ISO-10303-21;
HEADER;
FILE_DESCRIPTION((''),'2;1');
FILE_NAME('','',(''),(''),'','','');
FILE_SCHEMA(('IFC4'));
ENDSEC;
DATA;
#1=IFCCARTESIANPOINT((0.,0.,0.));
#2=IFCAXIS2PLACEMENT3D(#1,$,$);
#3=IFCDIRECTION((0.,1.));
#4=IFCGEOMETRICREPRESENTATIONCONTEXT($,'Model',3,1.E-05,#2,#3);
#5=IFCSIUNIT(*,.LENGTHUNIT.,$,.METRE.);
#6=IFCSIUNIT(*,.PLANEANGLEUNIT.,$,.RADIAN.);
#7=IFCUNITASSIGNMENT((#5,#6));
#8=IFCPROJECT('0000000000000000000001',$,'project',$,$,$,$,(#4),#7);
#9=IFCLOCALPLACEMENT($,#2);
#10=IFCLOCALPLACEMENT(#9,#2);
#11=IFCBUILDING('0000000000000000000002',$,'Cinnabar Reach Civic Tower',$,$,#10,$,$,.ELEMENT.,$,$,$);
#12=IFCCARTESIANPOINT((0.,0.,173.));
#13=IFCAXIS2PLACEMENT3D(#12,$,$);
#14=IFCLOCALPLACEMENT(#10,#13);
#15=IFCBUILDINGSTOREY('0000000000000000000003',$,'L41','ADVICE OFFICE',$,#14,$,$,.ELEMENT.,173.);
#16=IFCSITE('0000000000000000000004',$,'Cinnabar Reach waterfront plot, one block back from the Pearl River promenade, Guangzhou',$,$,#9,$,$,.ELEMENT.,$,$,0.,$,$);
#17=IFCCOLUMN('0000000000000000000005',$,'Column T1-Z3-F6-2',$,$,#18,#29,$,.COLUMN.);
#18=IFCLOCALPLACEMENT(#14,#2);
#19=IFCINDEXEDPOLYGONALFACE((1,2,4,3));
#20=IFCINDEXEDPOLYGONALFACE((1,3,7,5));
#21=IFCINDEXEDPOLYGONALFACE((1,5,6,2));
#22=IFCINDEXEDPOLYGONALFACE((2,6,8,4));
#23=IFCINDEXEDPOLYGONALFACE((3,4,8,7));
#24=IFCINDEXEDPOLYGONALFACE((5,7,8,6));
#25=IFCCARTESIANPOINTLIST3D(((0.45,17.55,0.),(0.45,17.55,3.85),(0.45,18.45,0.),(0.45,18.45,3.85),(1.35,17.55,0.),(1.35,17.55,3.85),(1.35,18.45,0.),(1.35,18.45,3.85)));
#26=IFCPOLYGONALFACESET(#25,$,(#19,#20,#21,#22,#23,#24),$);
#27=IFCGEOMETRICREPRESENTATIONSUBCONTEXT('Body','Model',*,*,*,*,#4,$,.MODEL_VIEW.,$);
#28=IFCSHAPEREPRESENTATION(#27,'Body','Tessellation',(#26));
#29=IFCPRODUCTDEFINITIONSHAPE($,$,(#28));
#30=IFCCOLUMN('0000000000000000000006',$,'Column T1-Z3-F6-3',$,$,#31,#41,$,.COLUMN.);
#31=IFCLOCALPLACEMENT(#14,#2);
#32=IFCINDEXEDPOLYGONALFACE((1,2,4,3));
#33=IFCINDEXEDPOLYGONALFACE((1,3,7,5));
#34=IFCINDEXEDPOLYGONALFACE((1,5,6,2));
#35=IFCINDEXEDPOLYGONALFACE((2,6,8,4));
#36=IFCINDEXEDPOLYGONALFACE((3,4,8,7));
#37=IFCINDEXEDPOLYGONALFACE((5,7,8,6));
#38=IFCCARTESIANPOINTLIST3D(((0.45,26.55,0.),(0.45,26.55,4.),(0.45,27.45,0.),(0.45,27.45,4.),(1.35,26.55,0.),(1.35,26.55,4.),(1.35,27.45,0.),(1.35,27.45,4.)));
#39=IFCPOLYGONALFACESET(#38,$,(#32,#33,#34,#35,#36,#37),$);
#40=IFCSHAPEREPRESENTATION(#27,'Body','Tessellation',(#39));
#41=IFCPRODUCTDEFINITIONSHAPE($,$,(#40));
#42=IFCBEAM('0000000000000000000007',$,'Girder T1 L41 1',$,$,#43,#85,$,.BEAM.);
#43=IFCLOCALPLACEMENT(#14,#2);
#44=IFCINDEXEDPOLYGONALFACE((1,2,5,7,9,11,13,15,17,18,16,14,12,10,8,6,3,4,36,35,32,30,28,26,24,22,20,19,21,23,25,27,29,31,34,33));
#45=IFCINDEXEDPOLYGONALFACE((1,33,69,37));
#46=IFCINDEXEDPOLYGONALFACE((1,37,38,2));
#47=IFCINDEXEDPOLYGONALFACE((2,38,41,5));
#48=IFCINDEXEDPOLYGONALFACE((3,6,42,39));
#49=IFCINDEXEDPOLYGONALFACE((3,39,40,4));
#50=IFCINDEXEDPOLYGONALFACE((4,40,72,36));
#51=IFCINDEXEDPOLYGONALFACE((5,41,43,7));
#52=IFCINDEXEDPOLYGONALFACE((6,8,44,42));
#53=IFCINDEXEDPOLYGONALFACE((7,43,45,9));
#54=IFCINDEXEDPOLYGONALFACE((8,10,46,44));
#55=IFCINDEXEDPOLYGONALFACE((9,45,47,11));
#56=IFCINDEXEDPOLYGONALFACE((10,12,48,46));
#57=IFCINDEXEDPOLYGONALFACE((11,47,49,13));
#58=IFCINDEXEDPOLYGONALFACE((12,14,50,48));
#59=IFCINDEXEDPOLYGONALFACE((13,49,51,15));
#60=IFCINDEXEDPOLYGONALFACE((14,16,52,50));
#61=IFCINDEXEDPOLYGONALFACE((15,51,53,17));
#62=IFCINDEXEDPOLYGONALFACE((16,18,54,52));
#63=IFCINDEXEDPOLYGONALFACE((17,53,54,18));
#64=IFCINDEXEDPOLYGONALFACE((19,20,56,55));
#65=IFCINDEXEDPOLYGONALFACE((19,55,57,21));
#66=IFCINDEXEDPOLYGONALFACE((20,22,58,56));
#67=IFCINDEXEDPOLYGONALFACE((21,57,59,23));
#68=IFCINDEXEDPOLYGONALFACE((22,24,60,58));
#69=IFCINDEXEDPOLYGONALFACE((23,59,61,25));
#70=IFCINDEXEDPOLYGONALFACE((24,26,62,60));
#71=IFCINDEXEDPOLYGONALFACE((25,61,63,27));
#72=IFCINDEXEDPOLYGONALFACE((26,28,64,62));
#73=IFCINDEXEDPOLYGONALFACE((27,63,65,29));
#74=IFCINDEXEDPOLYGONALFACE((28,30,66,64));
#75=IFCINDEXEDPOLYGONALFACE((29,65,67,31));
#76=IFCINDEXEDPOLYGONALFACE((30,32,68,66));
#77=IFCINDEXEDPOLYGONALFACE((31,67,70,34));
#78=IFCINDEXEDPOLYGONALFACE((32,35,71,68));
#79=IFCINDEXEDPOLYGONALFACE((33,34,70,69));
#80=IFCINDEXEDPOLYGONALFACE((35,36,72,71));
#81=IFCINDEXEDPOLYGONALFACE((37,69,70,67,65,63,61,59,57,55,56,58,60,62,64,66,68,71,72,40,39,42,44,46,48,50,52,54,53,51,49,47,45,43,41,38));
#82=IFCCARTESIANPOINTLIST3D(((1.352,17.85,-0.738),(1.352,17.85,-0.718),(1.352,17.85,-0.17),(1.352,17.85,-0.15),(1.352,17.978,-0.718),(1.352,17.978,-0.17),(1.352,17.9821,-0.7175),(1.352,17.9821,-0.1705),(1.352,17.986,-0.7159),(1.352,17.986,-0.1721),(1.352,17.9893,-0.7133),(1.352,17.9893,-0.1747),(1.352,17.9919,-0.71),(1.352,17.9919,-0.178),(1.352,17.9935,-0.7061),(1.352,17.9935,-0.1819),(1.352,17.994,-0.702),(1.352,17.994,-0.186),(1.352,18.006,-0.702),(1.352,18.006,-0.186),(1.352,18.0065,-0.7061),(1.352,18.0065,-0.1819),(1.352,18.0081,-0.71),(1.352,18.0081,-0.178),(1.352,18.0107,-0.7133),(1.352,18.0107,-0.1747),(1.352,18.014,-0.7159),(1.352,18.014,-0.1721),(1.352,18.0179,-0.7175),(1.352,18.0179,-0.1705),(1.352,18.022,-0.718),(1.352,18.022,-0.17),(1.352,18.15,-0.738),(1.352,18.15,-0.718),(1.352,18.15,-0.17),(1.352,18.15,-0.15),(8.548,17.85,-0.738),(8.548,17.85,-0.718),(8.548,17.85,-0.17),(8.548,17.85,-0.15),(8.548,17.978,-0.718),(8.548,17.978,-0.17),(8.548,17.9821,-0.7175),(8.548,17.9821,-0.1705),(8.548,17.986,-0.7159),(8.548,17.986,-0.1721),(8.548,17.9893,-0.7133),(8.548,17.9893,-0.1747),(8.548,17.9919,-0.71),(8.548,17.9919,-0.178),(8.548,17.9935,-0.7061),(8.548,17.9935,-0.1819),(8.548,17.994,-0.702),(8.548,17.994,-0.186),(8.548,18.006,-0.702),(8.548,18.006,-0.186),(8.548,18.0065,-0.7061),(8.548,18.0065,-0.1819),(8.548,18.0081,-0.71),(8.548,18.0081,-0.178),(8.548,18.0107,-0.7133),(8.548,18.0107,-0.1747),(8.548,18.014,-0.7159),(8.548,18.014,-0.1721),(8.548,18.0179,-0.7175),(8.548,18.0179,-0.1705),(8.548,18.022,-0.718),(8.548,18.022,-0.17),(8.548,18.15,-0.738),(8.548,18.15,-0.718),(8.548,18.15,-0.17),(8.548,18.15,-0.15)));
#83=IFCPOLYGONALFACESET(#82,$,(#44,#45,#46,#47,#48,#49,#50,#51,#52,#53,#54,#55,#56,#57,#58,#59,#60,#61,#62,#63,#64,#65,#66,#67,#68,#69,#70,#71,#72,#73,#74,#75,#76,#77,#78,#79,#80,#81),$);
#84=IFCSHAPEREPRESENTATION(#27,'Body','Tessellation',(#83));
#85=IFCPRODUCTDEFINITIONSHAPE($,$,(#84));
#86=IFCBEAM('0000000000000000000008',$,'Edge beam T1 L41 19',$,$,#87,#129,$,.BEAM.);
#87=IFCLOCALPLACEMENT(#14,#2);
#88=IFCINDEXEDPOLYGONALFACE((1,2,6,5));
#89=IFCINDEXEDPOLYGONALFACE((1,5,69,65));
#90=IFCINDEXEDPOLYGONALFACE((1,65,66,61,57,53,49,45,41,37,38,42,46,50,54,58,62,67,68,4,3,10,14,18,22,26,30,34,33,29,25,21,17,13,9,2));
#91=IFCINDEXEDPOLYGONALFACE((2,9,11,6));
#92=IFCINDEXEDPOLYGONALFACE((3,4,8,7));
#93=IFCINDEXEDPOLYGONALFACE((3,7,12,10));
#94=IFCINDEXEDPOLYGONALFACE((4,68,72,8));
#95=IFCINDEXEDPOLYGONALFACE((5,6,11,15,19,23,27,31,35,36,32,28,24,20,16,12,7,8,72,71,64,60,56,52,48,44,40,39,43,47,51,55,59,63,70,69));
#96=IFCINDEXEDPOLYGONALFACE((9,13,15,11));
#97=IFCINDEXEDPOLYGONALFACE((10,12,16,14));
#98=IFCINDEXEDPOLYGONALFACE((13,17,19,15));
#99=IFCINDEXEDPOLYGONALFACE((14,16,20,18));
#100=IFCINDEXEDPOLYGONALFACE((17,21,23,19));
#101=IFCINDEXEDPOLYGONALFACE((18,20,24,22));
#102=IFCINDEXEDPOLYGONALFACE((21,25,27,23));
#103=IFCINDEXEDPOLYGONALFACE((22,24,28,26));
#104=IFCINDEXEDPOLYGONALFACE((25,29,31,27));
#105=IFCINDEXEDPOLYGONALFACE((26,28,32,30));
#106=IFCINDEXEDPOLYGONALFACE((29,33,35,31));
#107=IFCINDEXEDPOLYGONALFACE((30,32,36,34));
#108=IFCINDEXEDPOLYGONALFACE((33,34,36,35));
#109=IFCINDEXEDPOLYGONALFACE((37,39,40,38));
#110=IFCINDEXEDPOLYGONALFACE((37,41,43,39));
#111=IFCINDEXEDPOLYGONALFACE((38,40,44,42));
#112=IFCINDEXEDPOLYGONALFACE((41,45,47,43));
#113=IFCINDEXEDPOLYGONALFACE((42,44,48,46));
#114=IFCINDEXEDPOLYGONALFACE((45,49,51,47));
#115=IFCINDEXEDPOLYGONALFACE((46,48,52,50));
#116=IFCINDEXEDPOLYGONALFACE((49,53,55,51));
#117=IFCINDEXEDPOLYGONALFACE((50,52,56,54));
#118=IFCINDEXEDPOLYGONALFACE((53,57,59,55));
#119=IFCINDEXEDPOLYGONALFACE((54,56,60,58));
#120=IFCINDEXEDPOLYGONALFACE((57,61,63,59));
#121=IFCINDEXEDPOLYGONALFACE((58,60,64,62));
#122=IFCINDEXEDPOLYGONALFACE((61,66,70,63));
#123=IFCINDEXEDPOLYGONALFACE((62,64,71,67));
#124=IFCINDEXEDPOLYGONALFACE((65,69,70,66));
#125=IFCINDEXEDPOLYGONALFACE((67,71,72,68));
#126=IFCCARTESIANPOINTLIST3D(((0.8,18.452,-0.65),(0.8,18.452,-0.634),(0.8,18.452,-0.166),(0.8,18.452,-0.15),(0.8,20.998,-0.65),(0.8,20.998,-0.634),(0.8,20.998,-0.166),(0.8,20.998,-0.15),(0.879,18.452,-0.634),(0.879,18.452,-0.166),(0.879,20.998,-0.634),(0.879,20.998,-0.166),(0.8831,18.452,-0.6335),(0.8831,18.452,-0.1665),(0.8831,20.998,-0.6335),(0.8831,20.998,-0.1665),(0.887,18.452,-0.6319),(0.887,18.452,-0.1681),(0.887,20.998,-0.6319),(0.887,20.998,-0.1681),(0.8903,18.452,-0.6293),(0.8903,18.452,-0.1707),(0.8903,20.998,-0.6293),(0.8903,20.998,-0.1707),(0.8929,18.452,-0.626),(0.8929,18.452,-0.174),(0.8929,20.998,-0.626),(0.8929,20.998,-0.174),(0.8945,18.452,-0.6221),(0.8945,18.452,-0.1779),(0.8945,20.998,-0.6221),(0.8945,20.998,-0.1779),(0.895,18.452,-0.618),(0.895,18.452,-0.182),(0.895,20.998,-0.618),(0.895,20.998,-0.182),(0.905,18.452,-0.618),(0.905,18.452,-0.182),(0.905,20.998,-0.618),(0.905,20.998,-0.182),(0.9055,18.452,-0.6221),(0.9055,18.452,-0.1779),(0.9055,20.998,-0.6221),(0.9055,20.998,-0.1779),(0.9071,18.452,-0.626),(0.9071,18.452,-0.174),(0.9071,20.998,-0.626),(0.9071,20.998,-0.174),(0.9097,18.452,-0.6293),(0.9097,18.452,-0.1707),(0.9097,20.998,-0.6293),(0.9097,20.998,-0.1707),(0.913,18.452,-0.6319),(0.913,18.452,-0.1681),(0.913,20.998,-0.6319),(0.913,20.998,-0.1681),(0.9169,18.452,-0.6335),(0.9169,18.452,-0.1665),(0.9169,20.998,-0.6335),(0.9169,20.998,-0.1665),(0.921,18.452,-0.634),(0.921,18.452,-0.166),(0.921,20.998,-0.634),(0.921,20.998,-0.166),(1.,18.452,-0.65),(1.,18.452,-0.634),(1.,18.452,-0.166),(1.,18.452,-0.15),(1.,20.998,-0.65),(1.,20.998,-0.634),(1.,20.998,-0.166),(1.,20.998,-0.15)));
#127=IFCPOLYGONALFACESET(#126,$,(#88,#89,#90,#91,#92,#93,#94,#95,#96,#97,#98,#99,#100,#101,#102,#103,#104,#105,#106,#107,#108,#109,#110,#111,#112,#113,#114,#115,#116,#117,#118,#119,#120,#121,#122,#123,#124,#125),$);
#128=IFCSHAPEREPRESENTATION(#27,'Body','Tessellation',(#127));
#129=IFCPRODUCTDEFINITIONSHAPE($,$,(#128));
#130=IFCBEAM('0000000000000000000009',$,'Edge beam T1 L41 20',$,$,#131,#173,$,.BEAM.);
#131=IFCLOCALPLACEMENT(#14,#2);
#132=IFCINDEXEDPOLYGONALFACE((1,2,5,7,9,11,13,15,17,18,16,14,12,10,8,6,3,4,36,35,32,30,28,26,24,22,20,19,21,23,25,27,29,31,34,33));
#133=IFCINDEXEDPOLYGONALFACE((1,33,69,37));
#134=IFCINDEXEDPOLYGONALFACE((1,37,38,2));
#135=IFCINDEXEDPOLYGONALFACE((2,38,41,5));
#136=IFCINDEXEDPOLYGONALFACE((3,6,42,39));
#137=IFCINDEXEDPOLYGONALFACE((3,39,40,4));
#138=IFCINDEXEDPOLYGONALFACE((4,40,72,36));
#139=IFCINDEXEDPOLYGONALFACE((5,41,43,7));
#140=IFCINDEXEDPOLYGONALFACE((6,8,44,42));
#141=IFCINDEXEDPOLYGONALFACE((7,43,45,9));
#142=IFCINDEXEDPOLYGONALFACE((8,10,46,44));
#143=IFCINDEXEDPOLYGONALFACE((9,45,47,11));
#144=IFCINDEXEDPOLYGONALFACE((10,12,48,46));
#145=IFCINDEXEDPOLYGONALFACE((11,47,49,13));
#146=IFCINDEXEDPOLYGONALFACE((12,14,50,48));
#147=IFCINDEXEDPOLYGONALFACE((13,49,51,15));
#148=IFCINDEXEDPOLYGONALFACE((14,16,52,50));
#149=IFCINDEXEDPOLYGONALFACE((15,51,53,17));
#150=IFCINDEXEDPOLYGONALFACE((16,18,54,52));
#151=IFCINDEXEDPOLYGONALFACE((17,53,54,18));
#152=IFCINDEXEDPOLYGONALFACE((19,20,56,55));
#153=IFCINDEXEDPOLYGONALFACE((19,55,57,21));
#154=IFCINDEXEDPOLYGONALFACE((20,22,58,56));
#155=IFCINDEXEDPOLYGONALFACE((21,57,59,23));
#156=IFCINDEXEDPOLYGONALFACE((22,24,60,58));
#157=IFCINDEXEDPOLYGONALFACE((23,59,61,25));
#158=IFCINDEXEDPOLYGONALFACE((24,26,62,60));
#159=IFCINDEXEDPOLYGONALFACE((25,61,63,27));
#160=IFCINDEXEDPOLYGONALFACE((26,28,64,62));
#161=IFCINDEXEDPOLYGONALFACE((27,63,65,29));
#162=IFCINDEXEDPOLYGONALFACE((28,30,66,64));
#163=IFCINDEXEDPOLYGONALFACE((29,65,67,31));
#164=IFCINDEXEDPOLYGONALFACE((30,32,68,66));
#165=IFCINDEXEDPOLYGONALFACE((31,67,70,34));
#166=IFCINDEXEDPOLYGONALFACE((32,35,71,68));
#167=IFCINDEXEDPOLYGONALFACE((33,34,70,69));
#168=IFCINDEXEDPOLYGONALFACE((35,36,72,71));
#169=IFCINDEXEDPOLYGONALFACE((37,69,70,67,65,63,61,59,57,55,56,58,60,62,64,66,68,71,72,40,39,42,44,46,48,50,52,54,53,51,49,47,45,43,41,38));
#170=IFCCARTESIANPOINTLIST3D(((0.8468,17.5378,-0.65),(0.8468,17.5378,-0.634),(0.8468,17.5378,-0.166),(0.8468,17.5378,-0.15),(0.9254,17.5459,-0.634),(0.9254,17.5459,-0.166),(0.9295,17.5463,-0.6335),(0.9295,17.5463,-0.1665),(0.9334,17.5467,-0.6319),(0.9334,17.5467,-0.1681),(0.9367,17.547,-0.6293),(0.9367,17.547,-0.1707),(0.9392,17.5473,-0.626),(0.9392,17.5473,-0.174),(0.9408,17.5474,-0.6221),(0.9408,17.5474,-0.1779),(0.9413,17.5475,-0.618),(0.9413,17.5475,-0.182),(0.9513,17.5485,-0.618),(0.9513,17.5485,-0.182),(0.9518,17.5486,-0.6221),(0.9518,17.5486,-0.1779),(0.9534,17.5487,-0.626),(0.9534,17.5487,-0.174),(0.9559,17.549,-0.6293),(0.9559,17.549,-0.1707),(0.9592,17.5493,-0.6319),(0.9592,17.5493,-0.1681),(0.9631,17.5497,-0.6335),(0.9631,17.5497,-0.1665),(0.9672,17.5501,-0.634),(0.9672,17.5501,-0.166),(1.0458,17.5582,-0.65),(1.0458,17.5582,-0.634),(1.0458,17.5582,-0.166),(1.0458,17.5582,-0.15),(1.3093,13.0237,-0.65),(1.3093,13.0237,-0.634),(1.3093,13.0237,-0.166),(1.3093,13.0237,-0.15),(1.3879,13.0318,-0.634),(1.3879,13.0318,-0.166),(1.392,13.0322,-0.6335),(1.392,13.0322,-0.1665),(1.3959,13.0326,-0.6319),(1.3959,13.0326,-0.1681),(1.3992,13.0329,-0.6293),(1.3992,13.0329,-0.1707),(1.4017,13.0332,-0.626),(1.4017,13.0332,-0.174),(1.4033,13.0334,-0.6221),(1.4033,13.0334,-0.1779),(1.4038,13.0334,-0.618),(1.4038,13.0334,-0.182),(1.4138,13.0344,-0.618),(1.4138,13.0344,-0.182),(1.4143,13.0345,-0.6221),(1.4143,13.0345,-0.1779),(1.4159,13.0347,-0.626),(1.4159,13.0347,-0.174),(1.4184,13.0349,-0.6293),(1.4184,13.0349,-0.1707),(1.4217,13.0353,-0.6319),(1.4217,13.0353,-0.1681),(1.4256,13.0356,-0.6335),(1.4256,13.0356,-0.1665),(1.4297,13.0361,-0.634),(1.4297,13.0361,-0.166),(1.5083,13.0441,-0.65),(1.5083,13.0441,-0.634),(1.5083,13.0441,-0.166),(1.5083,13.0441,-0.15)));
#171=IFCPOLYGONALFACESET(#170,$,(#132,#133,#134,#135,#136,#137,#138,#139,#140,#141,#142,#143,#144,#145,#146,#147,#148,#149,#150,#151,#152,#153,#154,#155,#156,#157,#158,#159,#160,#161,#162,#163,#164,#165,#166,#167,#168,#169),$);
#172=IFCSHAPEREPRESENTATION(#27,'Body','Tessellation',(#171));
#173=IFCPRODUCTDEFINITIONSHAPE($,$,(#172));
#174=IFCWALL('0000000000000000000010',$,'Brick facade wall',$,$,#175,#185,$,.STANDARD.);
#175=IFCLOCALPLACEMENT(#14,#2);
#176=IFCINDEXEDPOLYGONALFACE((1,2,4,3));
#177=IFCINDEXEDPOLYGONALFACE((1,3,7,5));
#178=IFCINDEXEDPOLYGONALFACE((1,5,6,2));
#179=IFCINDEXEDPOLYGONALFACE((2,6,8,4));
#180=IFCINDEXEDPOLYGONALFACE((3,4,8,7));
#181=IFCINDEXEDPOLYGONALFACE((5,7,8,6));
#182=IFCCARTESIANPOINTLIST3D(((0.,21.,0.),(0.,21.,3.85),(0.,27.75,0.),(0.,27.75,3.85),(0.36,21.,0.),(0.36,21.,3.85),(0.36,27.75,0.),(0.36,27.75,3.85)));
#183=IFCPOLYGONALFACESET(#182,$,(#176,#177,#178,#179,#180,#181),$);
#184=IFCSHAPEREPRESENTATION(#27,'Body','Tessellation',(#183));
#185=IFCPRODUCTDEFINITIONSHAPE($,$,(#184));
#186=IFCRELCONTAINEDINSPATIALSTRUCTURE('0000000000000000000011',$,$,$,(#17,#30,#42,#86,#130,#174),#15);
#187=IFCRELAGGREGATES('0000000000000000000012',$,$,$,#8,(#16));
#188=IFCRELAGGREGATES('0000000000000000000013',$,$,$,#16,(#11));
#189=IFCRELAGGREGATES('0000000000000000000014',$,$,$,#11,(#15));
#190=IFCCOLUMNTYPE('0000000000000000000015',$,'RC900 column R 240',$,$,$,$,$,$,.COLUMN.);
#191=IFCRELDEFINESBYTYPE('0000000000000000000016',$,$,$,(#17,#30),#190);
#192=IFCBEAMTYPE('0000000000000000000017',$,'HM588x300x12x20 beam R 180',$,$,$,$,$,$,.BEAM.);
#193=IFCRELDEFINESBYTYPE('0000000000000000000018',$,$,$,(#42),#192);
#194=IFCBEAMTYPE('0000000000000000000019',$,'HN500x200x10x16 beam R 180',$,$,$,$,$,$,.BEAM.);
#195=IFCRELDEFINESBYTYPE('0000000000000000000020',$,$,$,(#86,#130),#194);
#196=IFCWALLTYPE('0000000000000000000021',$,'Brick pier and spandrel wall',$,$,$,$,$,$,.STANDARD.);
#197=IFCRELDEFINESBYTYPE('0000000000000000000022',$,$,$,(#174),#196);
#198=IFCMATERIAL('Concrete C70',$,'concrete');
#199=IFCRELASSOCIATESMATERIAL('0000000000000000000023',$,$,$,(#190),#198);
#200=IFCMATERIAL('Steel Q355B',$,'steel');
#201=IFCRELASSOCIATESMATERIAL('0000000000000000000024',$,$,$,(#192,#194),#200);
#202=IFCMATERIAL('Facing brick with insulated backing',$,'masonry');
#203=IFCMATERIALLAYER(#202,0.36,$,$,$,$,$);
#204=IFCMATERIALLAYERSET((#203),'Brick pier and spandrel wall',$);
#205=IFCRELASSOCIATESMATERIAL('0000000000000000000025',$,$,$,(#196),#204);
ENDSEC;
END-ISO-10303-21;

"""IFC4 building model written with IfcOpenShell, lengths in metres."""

from ifc_helpers import new_model, si_unit, direction, frame, frame_2d, origin, origin_2d, place, context, subcontext, project, spatial, rectangle, i_section, extrude, material, layer, layer_set, material_profile, profile_set, type_object, element, save


model = new_model("IFC4")

# Units and contexts
model_context = context("Model", 3, precision=1e-05, world=origin(), true_north=direction((0.0, 1.0)))
body_context = subcontext(model_context, "Body", "Model", "MODEL_VIEW")
ifc_project = project(units=[si_unit("LENGTHUNIT", "METRE"), si_unit("PLANEANGLEUNIT", "RADIAN")], contexts=[model_context])

# Site, building, storey
site_placement = place(None, origin())
site = spatial("IfcSite", under=ifc_project, at=site_placement, Name="Cinnabar Reach waterfront plot, one block back from the Pearl River promenade, Guangzhou", CompositionType="ELEMENT", RefElevation=0.0)
building_placement = place(site_placement, origin())
building = spatial("IfcBuilding", under=site, at=building_placement, Name="Cinnabar Reach Civic Tower", CompositionType="ELEMENT")
storey_placement = place(building_placement, frame((0.0, 0.0, 173.0)))
storey = spatial("IfcBuildingStorey", under=building, at=storey_placement, Name="L41", Description="ADVICE OFFICE", CompositionType="ELEMENT", Elevation=173.0)

# Columns
ifc_material_1 = material(Name="Concrete C70", Category="concrete")
ifc_material_profile_1 = material_profile(ifc_material_1, rectangle(XDim=0.9, YDim=0.9, at=origin_2d()), Name="RC900")
ifc_profile_set_1 = profile_set([ifc_material_profile_1], Name="Concrete C70")
column_type = type_object("IfcColumnType", Name="RC900 column R 240", PredefinedType="COLUMN", material=ifc_profile_set_1)
column_1_placement = place(storey_placement, frame((0.9, 18.0, 0.0), z_axis=(0.0, 0.0, 1.0), x_axis=(1.0, 0.0, 0.0)))
element("IfcColumn", 1, at=column_1_placement, inside=storey, type_object=column_type, Name="Column T1-Z3-F6-2", PredefinedType="COLUMN", context=body_context, shape_type="SweptSolid", body=[
    extrude(rectangle(XDim=0.9, YDim=0.9, at=origin_2d()), origin(), (0.0, 0.0, 1.0), 3.85),
])
column_2_placement = place(storey_placement, frame((0.9, 27.0, 0.0), z_axis=(0.0, 0.0, 1.0), x_axis=(1.0, 0.0, 0.0)))
element("IfcColumn", 2, at=column_2_placement, inside=storey, type_object=column_type, Name="Column T1-Z3-F6-3", PredefinedType="COLUMN", context=body_context, shape_type="SweptSolid", body=[
    extrude(rectangle(XDim=0.9, YDim=0.9, at=origin_2d()), origin(), (0.0, 0.0, 1.0), 4.0),
])

# Beams
ifc_material_2 = material(Name="Steel Q355B", Category="steel")
ifc_material_profile_2 = material_profile(ifc_material_2, i_section(OverallWidth=0.3, OverallDepth=0.588, WebThickness=0.012, FlangeThickness=0.02, FilletRadius=0.016, at=origin_2d()), Name="HM588x300x12x20")
ifc_profile_set_2 = profile_set([ifc_material_profile_2], Name="Steel Q355B")
beam_type_1 = type_object("IfcBeamType", Name="HM588x300x12x20 beam R 180", PredefinedType="BEAM", material=ifc_profile_set_2)
beam_1_placement = place(storey_placement, frame((1.352, 18.0, -0.444), z_axis=(1.0, 0.0, 0.0), x_axis=(0.0, 1.0, 0.0)))
element("IfcBeam", 3, at=beam_1_placement, inside=storey, type_object=beam_type_1, Name="Girder T1 L41 1", PredefinedType="BEAM", context=body_context, shape_type="SweptSolid", body=[
    extrude(i_section(OverallWidth=0.3, OverallDepth=0.588, WebThickness=0.012, FlangeThickness=0.02, FilletRadius=0.016, at=origin_2d()), origin(), (0.0, 0.0, 1.0), 7.196),
])
ifc_material_profile_3 = material_profile(ifc_material_2, i_section(OverallWidth=0.2, OverallDepth=0.5, WebThickness=0.01, FlangeThickness=0.016, FilletRadius=0.016, at=origin_2d()), Name="HN500x200x10x16")
ifc_profile_set_3 = profile_set([ifc_material_profile_3], Name="Steel Q355B")
beam_type_2 = type_object("IfcBeamType", Name="HN500x200x10x16 beam R 180", PredefinedType="BEAM", material=ifc_profile_set_3)
beam_2_placement = place(storey_placement, frame((0.9, 20.998, -0.4), z_axis=(0.0, -1.0, 0.0), x_axis=(1.0, 0.0, 0.0)))
element("IfcBeam", 4, at=beam_2_placement, inside=storey, type_object=beam_type_2, Name="Edge beam T1 L41 19", PredefinedType="BEAM", context=body_context, shape_type="SweptSolid", body=[
    extrude(i_section(OverallWidth=0.2, OverallDepth=0.5, WebThickness=0.01, FlangeThickness=0.016, FilletRadius=0.016, at=origin_2d()), origin(), (0.0, 0.0, 1.0), 2.546),
])
beam_3_placement = place(storey_placement, frame((0.9463, 17.548, -0.4), z_axis=(0.101923, -0.994792, 0.0), x_axis=(0.994792, 0.101923, 0.0)))
element("IfcBeam", 5, at=beam_3_placement, inside=storey, type_object=beam_type_2, Name="Edge beam T1 L41 20", PredefinedType="BEAM", context=body_context, shape_type="SweptSolid", body=[
    extrude(i_section(OverallWidth=0.2, OverallDepth=0.5, WebThickness=0.01, FlangeThickness=0.016, FilletRadius=0.016, at=origin_2d()), origin(), (0.0, 0.0, 1.0), 4.5377),
])

# Wall
ifc_material_3 = material(Name="Facing brick with insulated backing", Category="masonry")
ifc_layer_1 = layer(ifc_material_3, 0.36)
ifc_layer_set_1 = layer_set([ifc_layer_1], Name="Brick pier and spandrel wall")
wall_type_1 = type_object("IfcWallType", Name="Brick pier and spandrel wall", PredefinedType="STANDARD", material=ifc_layer_set_1)
wall_1_placement = place(storey_placement, frame((0.18, 27.75, 0.0), z_axis=(0.0, 0.0, 1.0), x_axis=(0.0, -1.0, 0.0)))
element("IfcWall", 6, at=wall_1_placement, inside=storey, type_object=wall_type_1, Name="Brick facade wall", PredefinedType="STANDARD", context=body_context, shape_type="SweptSolid", body=[
    extrude(rectangle(XDim=6.75, YDim=0.36, at=frame_2d((3.375, 0.0))), origin(), (0.0, 0.0, 1.0), 3.85),
])

save(model, "model.ifc")
